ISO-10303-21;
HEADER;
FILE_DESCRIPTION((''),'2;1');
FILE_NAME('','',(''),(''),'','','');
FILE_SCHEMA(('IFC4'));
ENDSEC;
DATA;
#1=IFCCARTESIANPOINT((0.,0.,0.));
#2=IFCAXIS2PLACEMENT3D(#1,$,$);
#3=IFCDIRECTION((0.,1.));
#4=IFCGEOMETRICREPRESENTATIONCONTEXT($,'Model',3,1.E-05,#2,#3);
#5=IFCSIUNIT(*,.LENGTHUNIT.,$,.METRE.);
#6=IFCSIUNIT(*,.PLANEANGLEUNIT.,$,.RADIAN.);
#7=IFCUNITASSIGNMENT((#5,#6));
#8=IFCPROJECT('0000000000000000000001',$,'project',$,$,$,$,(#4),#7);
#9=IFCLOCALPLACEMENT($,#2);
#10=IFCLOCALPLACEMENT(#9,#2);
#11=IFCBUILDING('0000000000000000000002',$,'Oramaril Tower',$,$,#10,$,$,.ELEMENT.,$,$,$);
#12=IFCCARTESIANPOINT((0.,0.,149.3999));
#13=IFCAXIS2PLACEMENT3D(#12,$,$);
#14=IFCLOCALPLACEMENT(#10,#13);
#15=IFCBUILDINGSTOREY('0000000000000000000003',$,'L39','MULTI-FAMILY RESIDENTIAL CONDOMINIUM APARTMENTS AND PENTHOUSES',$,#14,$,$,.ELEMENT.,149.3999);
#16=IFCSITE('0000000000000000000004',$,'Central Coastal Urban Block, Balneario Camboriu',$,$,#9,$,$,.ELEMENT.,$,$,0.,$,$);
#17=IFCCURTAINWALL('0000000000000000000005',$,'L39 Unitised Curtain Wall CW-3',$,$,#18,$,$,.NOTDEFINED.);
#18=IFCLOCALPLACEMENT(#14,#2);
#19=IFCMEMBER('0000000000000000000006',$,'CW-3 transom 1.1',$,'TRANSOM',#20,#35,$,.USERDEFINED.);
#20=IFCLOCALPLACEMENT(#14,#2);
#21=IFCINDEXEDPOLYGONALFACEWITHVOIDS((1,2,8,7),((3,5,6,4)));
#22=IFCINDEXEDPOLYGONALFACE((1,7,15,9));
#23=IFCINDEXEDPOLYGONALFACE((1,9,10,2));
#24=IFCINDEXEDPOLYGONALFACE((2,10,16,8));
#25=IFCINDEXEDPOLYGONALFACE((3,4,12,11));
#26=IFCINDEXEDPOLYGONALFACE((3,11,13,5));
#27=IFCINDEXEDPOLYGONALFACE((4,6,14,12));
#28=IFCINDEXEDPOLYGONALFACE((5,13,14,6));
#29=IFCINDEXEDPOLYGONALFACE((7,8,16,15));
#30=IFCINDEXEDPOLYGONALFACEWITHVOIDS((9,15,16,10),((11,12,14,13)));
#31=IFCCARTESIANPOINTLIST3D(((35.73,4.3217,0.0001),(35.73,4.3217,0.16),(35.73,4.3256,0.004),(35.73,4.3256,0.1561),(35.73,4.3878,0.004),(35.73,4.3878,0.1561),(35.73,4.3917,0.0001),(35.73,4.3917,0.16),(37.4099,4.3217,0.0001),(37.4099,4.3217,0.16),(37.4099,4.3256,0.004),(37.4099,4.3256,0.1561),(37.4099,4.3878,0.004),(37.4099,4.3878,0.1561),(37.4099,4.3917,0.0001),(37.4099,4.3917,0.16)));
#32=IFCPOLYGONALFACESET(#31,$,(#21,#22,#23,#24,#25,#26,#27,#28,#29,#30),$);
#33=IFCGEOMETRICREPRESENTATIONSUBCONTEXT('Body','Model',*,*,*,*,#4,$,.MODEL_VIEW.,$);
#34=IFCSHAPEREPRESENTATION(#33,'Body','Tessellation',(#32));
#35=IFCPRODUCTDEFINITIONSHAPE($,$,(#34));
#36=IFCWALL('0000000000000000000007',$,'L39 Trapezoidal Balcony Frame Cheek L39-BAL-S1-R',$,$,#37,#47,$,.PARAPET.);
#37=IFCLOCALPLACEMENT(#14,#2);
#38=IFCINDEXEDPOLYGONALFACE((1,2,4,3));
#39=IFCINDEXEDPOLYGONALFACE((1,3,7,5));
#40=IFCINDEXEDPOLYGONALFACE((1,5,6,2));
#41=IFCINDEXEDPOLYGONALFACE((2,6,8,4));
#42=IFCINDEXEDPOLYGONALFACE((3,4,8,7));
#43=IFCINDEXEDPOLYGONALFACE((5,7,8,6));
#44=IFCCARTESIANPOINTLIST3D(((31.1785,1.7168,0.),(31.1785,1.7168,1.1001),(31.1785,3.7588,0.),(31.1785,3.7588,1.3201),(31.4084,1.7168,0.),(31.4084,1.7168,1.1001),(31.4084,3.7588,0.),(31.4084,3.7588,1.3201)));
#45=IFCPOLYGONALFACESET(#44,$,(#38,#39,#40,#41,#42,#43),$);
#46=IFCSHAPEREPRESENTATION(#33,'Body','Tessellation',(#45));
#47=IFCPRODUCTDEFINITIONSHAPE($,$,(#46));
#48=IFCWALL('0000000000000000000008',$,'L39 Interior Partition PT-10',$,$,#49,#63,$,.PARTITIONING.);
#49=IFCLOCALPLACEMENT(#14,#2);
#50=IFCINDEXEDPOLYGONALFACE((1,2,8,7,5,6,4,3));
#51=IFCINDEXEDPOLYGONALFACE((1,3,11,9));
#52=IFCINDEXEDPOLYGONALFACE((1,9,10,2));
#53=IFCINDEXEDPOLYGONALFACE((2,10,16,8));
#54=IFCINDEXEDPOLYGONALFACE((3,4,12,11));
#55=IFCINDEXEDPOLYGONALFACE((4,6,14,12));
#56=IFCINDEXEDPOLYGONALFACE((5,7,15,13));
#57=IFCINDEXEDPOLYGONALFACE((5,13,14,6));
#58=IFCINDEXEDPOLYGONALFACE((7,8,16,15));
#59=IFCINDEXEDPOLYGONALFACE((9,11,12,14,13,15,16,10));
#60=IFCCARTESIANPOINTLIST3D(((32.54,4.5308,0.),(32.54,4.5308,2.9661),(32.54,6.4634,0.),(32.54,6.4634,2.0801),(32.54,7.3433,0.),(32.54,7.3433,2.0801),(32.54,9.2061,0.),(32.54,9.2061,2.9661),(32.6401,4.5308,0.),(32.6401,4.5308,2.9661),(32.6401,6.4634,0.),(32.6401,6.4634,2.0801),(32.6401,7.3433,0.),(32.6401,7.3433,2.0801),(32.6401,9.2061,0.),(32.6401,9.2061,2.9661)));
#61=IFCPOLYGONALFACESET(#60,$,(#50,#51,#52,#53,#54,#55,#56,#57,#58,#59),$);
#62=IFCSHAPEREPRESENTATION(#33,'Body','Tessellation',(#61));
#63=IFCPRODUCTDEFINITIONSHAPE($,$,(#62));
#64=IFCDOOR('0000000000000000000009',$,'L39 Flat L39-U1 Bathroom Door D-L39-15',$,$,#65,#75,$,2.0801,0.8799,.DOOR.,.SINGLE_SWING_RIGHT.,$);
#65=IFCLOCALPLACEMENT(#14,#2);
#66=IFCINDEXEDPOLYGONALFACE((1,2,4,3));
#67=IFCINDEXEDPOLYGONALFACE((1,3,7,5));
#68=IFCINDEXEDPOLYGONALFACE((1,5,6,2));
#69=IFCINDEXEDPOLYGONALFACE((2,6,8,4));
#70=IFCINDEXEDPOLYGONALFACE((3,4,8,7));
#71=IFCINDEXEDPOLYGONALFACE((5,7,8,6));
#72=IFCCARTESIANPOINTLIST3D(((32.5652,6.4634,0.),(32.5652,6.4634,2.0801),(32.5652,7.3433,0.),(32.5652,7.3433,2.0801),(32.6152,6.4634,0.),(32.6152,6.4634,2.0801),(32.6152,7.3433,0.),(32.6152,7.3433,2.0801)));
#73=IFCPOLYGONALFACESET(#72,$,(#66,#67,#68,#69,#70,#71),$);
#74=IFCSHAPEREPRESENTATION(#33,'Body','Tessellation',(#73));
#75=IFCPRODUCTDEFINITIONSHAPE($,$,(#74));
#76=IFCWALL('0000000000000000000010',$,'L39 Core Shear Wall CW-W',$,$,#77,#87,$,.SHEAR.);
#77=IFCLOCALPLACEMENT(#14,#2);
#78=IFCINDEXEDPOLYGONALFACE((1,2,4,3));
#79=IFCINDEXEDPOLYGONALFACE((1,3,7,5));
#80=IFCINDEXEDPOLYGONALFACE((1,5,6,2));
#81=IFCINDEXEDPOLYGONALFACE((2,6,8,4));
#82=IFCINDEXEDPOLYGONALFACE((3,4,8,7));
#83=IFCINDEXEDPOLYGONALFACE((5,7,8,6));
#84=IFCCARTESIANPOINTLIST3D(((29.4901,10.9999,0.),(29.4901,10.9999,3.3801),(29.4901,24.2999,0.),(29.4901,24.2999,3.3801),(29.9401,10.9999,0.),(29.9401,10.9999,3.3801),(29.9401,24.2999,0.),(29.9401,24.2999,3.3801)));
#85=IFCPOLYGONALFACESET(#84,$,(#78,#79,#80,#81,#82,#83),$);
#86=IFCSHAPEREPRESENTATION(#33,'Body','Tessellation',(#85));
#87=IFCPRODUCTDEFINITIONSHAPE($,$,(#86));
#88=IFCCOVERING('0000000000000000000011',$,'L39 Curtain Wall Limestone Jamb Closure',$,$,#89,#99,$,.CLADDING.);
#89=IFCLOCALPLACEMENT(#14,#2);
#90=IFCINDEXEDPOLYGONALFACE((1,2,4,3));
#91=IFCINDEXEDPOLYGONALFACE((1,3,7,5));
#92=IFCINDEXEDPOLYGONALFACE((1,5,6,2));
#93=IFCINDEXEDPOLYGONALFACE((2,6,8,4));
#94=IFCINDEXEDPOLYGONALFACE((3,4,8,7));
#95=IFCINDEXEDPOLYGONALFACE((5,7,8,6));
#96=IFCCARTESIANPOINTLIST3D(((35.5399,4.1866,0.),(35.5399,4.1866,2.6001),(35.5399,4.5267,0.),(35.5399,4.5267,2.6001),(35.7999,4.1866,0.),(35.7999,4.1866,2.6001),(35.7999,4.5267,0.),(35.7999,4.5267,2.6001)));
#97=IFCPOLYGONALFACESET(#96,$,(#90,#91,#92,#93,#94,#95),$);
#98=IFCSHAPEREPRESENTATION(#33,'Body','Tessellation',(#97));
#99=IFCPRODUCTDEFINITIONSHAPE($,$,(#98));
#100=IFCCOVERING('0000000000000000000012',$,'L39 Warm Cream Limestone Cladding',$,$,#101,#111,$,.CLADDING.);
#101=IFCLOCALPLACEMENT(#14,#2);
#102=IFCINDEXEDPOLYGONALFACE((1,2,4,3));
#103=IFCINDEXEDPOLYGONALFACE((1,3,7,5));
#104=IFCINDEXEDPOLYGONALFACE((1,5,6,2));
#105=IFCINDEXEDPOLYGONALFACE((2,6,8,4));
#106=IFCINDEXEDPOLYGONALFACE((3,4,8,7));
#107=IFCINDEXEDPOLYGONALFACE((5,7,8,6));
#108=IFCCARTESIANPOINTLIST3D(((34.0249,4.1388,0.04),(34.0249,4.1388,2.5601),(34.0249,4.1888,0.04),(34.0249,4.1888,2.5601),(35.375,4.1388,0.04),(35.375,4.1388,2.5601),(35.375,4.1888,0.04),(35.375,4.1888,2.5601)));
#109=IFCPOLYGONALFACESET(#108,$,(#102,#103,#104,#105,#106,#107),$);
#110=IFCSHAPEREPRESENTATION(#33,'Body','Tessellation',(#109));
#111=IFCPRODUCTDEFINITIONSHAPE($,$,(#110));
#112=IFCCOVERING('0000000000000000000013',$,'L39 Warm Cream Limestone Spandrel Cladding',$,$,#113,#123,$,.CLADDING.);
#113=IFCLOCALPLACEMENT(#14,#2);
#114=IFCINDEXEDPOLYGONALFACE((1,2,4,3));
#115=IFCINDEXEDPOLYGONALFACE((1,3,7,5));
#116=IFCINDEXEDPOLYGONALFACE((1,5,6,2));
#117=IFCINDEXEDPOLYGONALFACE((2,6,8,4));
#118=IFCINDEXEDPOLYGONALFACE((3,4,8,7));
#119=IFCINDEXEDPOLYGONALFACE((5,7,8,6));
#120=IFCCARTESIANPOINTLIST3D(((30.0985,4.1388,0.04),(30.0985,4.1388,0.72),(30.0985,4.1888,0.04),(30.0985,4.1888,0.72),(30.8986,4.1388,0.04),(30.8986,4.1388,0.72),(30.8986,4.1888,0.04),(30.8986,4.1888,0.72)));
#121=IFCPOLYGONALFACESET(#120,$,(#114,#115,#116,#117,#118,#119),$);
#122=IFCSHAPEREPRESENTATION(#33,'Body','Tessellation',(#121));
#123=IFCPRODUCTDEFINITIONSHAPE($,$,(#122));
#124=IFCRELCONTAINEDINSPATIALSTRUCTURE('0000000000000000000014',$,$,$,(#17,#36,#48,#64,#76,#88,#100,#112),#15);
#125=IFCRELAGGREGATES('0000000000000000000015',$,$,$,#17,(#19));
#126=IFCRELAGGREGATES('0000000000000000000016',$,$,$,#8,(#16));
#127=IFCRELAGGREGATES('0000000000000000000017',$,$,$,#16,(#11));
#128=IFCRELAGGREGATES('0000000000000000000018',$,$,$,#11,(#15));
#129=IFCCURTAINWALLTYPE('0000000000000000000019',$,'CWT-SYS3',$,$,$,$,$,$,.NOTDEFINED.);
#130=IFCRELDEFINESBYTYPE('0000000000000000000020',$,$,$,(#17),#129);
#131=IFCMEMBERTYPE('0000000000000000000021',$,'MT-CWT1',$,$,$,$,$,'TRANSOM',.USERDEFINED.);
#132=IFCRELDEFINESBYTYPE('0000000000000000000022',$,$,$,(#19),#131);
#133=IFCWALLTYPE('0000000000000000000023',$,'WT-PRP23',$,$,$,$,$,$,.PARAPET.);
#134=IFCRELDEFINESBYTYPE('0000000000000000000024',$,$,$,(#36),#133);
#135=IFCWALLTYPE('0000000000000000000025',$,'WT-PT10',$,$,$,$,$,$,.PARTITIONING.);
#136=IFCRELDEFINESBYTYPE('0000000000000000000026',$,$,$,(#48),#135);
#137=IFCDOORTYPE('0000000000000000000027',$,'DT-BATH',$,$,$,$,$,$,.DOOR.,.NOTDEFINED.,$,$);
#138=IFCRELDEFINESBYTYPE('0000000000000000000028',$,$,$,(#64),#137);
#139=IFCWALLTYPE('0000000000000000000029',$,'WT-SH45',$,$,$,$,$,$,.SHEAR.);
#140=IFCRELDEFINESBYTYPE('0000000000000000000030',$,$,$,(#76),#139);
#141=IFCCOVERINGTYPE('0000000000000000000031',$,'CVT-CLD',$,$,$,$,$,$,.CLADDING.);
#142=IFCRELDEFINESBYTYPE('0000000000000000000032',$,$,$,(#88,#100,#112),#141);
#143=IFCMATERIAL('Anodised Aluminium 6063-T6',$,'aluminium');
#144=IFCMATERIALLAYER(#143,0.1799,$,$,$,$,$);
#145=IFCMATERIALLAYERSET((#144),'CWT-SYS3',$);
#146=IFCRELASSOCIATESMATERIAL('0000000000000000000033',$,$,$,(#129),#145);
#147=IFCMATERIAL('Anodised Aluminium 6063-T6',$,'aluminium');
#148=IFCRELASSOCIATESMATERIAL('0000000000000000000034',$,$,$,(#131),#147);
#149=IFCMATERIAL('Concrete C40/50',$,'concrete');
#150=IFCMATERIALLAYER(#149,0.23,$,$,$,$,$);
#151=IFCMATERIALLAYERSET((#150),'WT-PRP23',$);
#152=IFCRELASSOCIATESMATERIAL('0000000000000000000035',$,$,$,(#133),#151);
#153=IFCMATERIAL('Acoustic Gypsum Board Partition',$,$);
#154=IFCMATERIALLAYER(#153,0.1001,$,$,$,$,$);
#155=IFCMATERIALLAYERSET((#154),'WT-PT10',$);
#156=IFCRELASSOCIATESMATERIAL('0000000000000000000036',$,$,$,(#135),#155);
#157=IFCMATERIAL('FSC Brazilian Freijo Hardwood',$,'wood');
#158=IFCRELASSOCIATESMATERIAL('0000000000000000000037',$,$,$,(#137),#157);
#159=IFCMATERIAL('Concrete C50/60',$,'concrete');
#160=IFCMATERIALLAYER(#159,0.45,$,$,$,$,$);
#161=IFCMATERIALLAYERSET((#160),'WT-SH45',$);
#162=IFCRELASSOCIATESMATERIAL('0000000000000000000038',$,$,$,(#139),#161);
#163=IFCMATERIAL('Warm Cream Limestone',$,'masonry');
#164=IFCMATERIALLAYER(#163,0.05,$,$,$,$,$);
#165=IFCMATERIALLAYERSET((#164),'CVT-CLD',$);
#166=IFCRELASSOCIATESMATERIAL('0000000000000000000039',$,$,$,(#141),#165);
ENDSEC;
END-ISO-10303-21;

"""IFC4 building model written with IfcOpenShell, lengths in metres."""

from ifc_helpers import new_model, si_unit, direction, frame, frame_2d, origin, origin_2d, place, context, subcontext, project, spatial, polyline, rectangle, hollow_rectangle, outline, extrude, material, layer, layer_set, material_profile, profile_set, type_object, element, fill, aggregate, save


model = new_model("IFC4")

# Units and contexts
model_context = context("Model", 3, precision=1e-05, world=origin(), true_north=direction((0.0, 1.0)))
body_context = subcontext(model_context, "Body", "Model", "MODEL_VIEW")
ifc_project = project(units=[si_unit("LENGTHUNIT", "METRE"), si_unit("PLANEANGLEUNIT", "RADIAN")], contexts=[model_context])

# Site, building, storey
site_placement = place(None, origin())
site = spatial("IfcSite", under=ifc_project, at=site_placement, Name="Central Coastal Urban Block, Balneario Camboriu", CompositionType="ELEMENT", RefElevation=0.0)
building_placement = place(site_placement, origin())
building = spatial("IfcBuilding", under=site, at=building_placement, Name="Oramaril Tower", CompositionType="ELEMENT")
storey_placement = place(building_placement, frame((0.0, 0.0, 149.3999)))
storey = spatial("IfcBuildingStorey", under=building, at=storey_placement, Name="L39", Description="MULTI-FAMILY RESIDENTIAL CONDOMINIUM APARTMENTS AND PENTHOUSES", CompositionType="ELEMENT", Elevation=149.3999)

# Curtain wall, member
ifc_material_1 = material(Name="Anodised Aluminium 6063-T6", Category="aluminium")
ifc_layer_1 = layer(ifc_material_1, 0.1799)
ifc_layer_set_1 = layer_set([ifc_layer_1], Name="CWT-SYS3")
curtain_wall_type = type_object("IfcCurtainWallType", Name="CWT-SYS3", PredefinedType="NOTDEFINED", material=ifc_layer_set_1)
curtain_wall_placement = place(storey_placement, origin())
curtain_wall = element("IfcCurtainWall", 1, at=curtain_wall_placement, inside=storey, type_object=curtain_wall_type, Name="L39 Unitised Curtain Wall CW-3", PredefinedType="NOTDEFINED")
ifc_material_2 = material(Name="Anodised Aluminium 6063-T6", Category="aluminium")
ifc_material_profile_1 = material_profile(ifc_material_2, hollow_rectangle(XDim=0.0701, YDim=0.1599, WallThickness=0.0039, at=origin_2d()), Name="CWT160X70")
ifc_profile_set_1 = profile_set([ifc_material_profile_1], Name="Anodised Aluminium 6063-T6")
member_type_1 = type_object("IfcMemberType", Name="MT-CWT1", ElementType="TRANSOM", PredefinedType="USERDEFINED", material=ifc_profile_set_1)
member_1_placement = place(storey_placement, frame((35.73, 4.3567, 0.0801), z_axis=(1.0, 0.0, 0.0), x_axis=(0.0, 1.0, 0.0)))
member_1 = element("IfcMember", 2, at=member_1_placement, type_object=member_type_1, Name="CW-3 transom 1.1", ObjectType="TRANSOM", PredefinedType="USERDEFINED", context=body_context, shape_type="SweptSolid", body=[
    extrude(hollow_rectangle(XDim=0.0701, YDim=0.1599, WallThickness=0.0039, at=origin_2d()), origin(), (0.0, 0.0, 1.0), 1.6799),
])
aggregate(curtain_wall, [member_1])

# Wall
ifc_material_3 = material(Name="Concrete C40/50", Category="concrete")
ifc_layer_2 = layer(ifc_material_3, 0.23)
ifc_layer_set_2 = layer_set([ifc_layer_2], Name="WT-PRP23")
wall_type_1 = type_object("IfcWallType", Name="WT-PRP23", PredefinedType="PARAPET", material=ifc_layer_set_2)
wall_1_placement = place(storey_placement, frame((31.2935, 3.7588, 0.0), z_axis=(0.0, 0.0, 1.0), x_axis=(0.0, -1.0, 0.0)))
element("IfcWall", 3, at=wall_1_placement, inside=storey, type_object=wall_type_1, Name="L39 Trapezoidal Balcony Frame Cheek L39-BAL-S1-R", PredefinedType="PARAPET", context=body_context, shape_type="SweptSolid", body=[
    extrude(outline(polyline([(0.0, 0.0), (2.042, 0.0), (2.042, 1.1001), (0.0, 1.3201), (0.0, 0.0)])), frame((0.0, 0.115, 0.0), z_axis=(0.0, -1.0, 0.0), x_axis=(1.0, 0.0, 0.0)), (0.0, 0.0, 1.0), 0.23),
])

# Wall, opening, door
ifc_material_4 = material(Name="Acoustic Gypsum Board Partition")
ifc_layer_3 = layer(ifc_material_4, 0.1001)
ifc_layer_set_3 = layer_set([ifc_layer_3], Name="WT-PT10")
wall_type_2 = type_object("IfcWallType", Name="WT-PT10", PredefinedType="PARTITIONING", material=ifc_layer_set_3)
wall_2_placement = place(storey_placement, frame((32.5901, 4.5308, 0.0), z_axis=(0.0, 0.0, 1.0), x_axis=(0.0, 1.0, 0.0)))
wall_2 = element("IfcWall", 4, at=wall_2_placement, inside=storey, type_object=wall_type_2, Name="L39 Interior Partition PT-10", PredefinedType="PARTITIONING", context=body_context, shape_type="SweptSolid", body=[
    extrude(rectangle(XDim=4.6753, YDim=0.1001, at=frame_2d((2.3376, 0.0))), origin(), (0.0, 0.0, 1.0), 2.9661),
])
opening_placement = place(wall_2_placement, frame((1.9326, 0.0, 0.0)))
opening = element("IfcOpeningElement", 5, at=opening_placement, cuts=wall_2, PredefinedType="OPENING", context=body_context, shape_type="SweptSolid", body=[
    extrude(rectangle(XDim=0.8799, YDim=2.0801, at=frame_2d((0.4399, 1.04))), frame((0.0, 0.05, 0.0), z_axis=(0.0, -1.0, 0.0), x_axis=(1.0, 0.0, 0.0)), (0.0, 0.0, 1.0), 0.1001),
])
ifc_material_5 = material(Name="FSC Brazilian Freijo Hardwood", Category="wood")
door_type = type_object("IfcDoorType", Name="DT-BATH", OperationType="NOTDEFINED", PredefinedType="DOOR", material=ifc_material_5)
door_placement = place(opening_placement, origin())
door = element("IfcDoor", 6, at=door_placement, inside=storey, type_object=door_type, Name="L39 Flat L39-U1 Bathroom Door D-L39-15", OperationType="SINGLE_SWING_RIGHT", OverallHeight=2.0801, OverallWidth=0.8799, PredefinedType="DOOR", context=body_context, shape_type="SweptSolid", body=[
    extrude(rectangle(XDim=0.8799, YDim=2.0801, at=frame_2d((0.4399, 1.04))), frame((0.0, 0.0249, 0.0), z_axis=(0.0, -1.0, 0.0), x_axis=(1.0, 0.0, 0.0)), (0.0, 0.0, 1.0), 0.05),
])
fill(opening, door)

# Wall
ifc_material_6 = material(Name="Concrete C50/60", Category="concrete")
ifc_layer_4 = layer(ifc_material_6, 0.45)
ifc_layer_set_4 = layer_set([ifc_layer_4], Name="WT-SH45")
wall_type_3 = type_object("IfcWallType", Name="WT-SH45", PredefinedType="SHEAR", material=ifc_layer_set_4)
wall_3_placement = place(storey_placement, frame((29.7151, 11.0, 0.0), z_axis=(0.0, 0.0, 1.0), x_axis=(0.0, 1.0, 0.0)))
element("IfcWall", 7, at=wall_3_placement, inside=storey, type_object=wall_type_3, Name="L39 Core Shear Wall CW-W", PredefinedType="SHEAR", context=body_context, shape_type="SweptSolid", body=[
    extrude(rectangle(XDim=13.3, YDim=0.45, at=frame_2d((6.6499, 0.0))), origin(), (0.0, 0.0, 1.0), 3.3801),
])

# Coverings
ifc_material_7 = material(Name="Warm Cream Limestone", Category="masonry")
ifc_layer_5 = layer(ifc_material_7, 0.05)
ifc_layer_set_5 = layer_set([ifc_layer_5], Name="CVT-CLD")
covering_type = type_object("IfcCoveringType", Name="CVT-CLD", PredefinedType="CLADDING", material=ifc_layer_set_5)
covering_1_placement = place(storey_placement, frame((35.6699, 4.3567, 0.0), z_axis=(0.0, 0.0, 1.0), x_axis=(1.0, 0.0, 0.0)))
element("IfcCovering", 8, at=covering_1_placement, inside=storey, type_object=covering_type, Name="L39 Curtain Wall Limestone Jamb Closure", PredefinedType="CLADDING", context=body_context, shape_type="SweptSolid", body=[
    extrude(rectangle(XDim=0.26, YDim=0.3401, at=origin_2d()), origin(), (0.0, 0.0, 1.0), 2.6001),
])
covering_2_placement = place(storey_placement, frame((34.7, 4.1638, 0.04), z_axis=(0.0, 0.0, 1.0), x_axis=(1.0, 0.0, 0.0)))
element("IfcCovering", 9, at=covering_2_placement, inside=storey, type_object=covering_type, Name="L39 Warm Cream Limestone Cladding", PredefinedType="CLADDING", context=body_context, shape_type="SweptSolid", body=[
    extrude(rectangle(XDim=1.3501, YDim=0.05, at=origin_2d()), origin(), (0.0, 0.0, 1.0), 2.52),
])
covering_3_placement = place(storey_placement, frame((30.4985, 4.1638, 0.04), z_axis=(0.0, 0.0, 1.0), x_axis=(1.0, 0.0, 0.0)))
element("IfcCovering", 10, at=covering_3_placement, inside=storey, type_object=covering_type, Name="L39 Warm Cream Limestone Spandrel Cladding", PredefinedType="CLADDING", context=body_context, shape_type="SweptSolid", body=[
    extrude(rectangle(XDim=0.8, YDim=0.05, at=origin_2d()), origin(), (0.0, 0.0, 1.0), 0.6799),
])

save(model, "model.ifc")
